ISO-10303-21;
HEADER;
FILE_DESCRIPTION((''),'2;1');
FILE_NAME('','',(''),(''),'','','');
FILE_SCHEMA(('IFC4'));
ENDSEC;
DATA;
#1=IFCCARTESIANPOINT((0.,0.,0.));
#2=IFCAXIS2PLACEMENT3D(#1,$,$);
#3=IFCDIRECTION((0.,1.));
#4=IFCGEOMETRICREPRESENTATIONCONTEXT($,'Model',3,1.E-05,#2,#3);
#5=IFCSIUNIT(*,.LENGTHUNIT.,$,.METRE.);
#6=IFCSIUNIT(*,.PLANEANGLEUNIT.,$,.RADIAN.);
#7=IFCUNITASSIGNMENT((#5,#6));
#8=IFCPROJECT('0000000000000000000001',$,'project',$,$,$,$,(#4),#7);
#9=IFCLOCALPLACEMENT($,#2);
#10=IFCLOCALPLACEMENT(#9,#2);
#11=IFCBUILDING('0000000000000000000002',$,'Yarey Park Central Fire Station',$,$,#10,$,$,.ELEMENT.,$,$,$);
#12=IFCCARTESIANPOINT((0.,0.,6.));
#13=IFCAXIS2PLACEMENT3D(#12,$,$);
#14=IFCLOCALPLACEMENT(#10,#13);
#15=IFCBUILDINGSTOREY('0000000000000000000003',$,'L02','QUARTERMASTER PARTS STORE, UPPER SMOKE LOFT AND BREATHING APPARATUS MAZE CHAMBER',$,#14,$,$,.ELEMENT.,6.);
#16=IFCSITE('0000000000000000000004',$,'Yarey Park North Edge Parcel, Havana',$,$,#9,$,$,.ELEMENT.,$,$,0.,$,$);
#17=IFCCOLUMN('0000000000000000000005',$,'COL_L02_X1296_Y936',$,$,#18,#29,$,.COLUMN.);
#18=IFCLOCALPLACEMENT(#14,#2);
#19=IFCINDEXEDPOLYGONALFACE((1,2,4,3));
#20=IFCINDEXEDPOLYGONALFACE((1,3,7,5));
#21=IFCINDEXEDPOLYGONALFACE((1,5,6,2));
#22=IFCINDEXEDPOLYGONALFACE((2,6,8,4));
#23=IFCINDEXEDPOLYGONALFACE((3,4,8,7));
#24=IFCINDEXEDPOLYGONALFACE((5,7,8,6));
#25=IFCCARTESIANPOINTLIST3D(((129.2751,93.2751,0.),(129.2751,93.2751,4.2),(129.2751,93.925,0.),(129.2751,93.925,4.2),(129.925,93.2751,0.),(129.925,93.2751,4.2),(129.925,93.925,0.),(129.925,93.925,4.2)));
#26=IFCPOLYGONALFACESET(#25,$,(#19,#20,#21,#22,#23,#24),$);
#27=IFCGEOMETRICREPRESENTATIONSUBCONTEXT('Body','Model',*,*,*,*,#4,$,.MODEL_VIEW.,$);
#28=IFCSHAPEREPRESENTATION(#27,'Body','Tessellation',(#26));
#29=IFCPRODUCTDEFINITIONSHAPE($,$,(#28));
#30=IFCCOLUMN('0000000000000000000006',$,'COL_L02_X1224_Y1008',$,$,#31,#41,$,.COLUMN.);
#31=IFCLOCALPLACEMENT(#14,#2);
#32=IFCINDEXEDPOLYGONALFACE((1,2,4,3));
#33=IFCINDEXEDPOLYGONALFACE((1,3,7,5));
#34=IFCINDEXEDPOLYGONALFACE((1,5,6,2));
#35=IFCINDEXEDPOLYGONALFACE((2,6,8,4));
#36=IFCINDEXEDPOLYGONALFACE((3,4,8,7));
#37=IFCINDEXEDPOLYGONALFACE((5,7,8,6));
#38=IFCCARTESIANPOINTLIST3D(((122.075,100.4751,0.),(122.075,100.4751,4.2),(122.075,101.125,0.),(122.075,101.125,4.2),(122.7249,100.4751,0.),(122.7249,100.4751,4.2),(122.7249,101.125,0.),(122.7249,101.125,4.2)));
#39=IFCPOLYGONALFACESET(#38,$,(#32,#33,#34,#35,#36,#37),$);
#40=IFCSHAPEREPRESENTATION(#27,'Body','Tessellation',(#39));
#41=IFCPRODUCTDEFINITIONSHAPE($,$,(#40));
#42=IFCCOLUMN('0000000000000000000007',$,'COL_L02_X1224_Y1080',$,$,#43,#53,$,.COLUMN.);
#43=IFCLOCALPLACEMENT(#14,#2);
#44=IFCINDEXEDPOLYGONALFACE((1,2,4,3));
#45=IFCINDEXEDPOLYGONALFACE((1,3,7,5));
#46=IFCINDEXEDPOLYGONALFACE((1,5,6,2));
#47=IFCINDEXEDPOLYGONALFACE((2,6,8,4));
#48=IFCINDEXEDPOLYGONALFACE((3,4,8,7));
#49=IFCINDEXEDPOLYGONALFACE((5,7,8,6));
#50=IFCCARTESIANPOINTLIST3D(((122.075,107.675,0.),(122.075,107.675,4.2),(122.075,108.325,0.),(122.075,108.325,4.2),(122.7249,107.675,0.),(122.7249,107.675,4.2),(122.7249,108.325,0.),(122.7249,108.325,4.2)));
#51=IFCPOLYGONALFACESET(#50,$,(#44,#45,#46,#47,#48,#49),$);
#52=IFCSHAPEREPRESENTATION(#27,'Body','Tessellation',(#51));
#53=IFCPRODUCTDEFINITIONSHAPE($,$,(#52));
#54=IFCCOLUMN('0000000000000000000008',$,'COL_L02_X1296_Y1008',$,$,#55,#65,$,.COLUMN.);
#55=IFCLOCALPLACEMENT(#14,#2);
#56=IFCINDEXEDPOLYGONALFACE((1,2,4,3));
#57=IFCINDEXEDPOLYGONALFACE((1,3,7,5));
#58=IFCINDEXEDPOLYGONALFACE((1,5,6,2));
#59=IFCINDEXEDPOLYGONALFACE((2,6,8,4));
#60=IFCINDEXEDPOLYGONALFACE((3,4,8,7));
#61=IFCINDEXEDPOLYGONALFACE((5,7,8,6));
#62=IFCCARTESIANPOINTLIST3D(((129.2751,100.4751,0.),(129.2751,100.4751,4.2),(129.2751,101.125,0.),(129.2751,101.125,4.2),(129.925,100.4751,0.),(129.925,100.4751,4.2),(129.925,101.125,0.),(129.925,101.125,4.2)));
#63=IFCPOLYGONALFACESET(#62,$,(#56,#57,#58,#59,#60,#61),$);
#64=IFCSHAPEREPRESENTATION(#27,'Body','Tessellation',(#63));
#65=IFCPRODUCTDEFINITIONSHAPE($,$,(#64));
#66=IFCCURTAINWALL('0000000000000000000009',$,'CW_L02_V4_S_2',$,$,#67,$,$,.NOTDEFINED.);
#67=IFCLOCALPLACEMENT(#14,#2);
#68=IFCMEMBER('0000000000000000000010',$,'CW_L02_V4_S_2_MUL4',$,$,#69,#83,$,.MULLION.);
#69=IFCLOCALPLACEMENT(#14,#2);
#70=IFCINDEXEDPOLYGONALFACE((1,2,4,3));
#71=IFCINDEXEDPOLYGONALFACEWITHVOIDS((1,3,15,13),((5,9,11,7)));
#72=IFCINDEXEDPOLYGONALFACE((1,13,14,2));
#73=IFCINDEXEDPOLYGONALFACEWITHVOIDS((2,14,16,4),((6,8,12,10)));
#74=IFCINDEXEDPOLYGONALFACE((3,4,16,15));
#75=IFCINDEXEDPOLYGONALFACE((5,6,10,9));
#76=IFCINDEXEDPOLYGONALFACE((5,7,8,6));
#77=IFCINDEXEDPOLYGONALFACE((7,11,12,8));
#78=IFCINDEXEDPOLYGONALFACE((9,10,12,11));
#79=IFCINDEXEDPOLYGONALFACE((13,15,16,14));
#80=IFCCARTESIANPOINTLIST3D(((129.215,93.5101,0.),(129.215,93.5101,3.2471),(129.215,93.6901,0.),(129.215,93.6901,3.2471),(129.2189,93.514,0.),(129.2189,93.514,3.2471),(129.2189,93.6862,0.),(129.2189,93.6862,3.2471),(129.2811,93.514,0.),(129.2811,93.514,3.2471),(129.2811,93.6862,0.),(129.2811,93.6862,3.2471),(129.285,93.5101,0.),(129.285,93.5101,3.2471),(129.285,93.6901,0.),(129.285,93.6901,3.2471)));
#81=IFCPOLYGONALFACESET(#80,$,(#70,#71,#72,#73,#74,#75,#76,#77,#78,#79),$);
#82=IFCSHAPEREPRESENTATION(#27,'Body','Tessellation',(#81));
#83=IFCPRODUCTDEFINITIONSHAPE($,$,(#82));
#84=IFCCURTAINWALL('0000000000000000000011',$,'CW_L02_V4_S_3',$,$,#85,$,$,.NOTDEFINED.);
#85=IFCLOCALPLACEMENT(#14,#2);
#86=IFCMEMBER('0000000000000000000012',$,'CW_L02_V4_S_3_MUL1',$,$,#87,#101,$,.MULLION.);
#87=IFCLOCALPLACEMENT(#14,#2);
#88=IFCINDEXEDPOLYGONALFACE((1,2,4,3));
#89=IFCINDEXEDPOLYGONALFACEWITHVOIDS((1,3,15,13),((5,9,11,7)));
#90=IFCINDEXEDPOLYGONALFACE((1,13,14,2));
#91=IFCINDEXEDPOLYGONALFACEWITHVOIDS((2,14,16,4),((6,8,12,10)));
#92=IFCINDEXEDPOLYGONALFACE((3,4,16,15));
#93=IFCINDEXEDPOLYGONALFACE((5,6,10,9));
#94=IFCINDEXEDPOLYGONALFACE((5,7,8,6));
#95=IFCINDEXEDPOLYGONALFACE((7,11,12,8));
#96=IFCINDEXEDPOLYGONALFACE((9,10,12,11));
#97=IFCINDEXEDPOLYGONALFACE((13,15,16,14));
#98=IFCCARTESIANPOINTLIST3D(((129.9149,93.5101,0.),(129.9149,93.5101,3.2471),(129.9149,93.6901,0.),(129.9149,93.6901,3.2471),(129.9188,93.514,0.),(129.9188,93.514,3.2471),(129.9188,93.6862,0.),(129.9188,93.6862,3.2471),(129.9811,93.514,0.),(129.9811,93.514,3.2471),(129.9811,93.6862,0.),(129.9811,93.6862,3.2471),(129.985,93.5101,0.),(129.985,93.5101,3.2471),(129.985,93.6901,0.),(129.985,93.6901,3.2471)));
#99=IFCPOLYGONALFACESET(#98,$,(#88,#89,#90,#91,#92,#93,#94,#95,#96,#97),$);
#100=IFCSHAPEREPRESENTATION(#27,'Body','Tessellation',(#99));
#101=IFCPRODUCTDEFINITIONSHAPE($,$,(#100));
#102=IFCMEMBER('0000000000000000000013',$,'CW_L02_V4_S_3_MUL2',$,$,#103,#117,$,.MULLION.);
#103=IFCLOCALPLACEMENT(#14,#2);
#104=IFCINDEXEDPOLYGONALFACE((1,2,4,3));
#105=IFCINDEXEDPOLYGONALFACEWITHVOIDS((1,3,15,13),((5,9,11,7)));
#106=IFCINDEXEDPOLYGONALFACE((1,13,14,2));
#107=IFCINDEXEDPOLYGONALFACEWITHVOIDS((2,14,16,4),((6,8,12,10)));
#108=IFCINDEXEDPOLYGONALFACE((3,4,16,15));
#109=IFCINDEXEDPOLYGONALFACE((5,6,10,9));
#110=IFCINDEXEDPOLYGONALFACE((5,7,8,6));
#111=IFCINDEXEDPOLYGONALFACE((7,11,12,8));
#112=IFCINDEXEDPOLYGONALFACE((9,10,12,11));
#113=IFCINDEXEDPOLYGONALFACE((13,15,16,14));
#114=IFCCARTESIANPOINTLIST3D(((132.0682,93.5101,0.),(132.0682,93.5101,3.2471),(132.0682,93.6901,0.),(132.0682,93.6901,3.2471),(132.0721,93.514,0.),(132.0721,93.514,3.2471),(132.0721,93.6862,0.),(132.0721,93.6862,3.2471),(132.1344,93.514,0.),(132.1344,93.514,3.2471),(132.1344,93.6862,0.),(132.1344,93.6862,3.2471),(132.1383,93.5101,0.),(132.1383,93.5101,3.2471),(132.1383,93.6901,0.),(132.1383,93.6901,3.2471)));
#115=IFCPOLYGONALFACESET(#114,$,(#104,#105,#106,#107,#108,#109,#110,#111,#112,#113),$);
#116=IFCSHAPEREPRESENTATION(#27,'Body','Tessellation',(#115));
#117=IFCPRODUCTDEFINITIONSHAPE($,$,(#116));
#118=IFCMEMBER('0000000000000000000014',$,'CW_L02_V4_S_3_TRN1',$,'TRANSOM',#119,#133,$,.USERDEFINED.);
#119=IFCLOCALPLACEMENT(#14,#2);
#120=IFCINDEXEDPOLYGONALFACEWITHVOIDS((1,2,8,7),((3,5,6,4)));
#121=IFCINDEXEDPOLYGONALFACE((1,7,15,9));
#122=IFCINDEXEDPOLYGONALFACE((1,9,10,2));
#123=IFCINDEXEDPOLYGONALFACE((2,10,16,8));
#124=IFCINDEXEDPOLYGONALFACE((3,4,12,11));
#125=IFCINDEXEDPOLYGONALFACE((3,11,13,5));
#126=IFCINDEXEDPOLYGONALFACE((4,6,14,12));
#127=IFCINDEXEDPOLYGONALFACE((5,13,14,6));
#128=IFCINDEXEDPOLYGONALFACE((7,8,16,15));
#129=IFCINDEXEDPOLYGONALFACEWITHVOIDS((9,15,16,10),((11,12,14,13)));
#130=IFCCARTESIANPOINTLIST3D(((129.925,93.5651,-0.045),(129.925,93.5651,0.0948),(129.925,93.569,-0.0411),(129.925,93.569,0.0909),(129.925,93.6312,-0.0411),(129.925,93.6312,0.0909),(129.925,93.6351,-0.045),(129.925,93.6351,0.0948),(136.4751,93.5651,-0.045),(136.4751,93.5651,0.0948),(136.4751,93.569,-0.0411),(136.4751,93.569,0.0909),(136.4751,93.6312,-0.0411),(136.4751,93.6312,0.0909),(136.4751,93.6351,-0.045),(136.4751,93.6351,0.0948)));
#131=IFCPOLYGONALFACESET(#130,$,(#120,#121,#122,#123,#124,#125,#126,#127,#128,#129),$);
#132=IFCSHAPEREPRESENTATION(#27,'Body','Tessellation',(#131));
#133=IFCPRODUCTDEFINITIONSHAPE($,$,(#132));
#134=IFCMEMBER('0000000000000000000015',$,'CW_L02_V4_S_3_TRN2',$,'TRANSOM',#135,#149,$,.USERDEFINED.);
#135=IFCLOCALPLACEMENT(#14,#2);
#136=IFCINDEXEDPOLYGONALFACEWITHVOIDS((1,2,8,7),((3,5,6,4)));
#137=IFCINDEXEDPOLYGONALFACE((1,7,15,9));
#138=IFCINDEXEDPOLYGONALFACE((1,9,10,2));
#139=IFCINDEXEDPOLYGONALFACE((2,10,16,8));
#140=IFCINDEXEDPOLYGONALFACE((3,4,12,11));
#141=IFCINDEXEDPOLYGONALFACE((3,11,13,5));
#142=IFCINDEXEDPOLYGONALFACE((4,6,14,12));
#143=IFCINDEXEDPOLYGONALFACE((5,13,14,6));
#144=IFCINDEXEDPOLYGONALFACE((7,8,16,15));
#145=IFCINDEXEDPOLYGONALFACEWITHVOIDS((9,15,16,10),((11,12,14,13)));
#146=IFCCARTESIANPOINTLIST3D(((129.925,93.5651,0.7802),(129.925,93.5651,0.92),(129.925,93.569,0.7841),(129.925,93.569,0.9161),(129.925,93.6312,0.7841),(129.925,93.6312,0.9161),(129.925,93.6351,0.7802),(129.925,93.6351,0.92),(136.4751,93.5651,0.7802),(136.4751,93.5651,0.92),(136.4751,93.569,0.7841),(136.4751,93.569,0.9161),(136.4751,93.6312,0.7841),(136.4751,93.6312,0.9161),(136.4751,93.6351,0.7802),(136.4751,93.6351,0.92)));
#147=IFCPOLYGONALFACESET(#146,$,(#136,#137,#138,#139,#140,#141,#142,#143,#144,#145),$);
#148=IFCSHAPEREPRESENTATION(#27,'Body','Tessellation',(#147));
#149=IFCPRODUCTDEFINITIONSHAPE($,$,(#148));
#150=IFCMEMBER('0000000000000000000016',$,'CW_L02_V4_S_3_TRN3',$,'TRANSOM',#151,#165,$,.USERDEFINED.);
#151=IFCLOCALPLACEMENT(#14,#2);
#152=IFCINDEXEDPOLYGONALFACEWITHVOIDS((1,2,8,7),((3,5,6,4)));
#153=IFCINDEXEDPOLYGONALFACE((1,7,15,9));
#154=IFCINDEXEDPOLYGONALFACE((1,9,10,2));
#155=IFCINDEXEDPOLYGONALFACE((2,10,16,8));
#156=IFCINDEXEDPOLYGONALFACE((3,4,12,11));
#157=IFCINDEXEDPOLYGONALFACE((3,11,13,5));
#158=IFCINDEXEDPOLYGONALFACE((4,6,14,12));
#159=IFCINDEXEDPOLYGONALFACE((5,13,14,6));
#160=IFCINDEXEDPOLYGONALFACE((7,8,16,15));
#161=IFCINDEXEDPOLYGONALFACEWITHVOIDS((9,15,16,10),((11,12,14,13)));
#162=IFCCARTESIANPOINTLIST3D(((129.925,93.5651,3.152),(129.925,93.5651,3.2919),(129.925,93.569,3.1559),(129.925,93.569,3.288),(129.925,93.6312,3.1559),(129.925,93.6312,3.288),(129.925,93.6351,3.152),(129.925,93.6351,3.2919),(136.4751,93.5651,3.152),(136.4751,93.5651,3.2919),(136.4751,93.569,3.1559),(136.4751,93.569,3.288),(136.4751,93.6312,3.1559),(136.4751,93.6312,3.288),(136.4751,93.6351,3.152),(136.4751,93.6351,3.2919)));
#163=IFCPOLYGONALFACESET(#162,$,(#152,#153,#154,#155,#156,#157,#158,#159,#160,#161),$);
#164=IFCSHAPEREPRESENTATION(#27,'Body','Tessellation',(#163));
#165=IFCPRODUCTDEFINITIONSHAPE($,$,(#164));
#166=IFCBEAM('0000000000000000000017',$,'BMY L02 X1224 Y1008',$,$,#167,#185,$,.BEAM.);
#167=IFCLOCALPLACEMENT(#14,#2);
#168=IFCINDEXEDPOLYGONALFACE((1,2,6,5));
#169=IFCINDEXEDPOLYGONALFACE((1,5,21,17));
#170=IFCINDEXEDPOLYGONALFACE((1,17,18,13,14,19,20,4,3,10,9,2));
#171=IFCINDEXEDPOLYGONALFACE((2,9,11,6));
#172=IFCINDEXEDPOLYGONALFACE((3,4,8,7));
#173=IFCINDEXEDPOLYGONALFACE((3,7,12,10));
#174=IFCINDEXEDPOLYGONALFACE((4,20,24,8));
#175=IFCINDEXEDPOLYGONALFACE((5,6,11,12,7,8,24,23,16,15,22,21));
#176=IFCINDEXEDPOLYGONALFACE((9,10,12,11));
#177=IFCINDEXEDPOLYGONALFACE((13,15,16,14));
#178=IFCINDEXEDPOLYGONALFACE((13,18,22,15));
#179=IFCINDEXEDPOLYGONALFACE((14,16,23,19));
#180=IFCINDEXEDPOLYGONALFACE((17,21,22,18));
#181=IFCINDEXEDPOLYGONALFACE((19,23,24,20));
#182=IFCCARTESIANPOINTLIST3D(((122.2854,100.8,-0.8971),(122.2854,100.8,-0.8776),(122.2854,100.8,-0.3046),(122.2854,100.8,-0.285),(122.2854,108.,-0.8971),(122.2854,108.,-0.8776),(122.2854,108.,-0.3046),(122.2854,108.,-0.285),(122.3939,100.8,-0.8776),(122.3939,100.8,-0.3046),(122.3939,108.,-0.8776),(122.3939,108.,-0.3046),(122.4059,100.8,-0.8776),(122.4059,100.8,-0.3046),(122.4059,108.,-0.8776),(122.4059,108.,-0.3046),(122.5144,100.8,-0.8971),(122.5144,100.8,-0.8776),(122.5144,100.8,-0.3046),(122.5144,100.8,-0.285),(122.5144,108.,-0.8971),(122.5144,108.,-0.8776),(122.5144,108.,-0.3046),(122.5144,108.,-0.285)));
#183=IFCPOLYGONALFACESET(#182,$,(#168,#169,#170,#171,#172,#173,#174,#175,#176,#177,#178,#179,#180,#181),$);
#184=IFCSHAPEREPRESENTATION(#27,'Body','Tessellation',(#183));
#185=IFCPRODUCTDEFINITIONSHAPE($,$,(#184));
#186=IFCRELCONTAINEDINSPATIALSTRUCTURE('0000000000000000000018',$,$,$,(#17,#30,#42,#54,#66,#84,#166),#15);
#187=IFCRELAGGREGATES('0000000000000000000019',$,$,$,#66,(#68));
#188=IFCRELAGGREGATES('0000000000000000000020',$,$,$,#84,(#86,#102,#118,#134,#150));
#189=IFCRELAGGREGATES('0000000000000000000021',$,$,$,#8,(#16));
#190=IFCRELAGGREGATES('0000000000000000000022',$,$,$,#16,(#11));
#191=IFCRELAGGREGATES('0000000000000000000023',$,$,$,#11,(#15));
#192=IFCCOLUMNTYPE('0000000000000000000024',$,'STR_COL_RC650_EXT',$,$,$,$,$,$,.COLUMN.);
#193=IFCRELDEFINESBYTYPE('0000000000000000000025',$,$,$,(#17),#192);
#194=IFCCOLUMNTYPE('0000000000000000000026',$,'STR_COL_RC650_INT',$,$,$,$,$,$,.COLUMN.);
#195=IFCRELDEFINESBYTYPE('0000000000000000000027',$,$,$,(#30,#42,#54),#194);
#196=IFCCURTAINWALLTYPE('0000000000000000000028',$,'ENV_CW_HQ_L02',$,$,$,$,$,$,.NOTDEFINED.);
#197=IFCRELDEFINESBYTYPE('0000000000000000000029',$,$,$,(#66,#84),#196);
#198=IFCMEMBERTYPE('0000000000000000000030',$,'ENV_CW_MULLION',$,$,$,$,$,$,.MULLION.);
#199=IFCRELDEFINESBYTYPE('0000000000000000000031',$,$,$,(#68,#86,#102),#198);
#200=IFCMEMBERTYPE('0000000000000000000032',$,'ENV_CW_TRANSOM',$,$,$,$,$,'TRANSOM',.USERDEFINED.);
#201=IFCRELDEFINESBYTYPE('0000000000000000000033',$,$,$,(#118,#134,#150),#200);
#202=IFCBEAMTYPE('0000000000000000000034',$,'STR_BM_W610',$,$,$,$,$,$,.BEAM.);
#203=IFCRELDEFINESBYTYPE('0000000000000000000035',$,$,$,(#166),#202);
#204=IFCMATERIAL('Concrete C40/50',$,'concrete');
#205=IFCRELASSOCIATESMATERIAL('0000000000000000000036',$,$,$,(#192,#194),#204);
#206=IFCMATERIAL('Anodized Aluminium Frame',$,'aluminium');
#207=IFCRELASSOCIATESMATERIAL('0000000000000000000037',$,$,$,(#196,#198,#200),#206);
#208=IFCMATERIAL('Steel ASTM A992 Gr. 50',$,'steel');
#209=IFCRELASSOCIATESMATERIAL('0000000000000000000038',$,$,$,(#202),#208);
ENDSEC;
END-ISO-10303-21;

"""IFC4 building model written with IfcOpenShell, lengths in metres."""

from ifc_helpers import new_model, si_unit, direction, frame, origin, origin_2d, place, context, subcontext, project, spatial, rectangle, hollow_rectangle, i_section, extrude, material, material_profile, profile_set, type_object, element, aggregate, save


model = new_model("IFC4")

# Units and contexts
model_context = context("Model", 3, precision=1e-05, world=origin(), true_north=direction((0.0, 1.0)))
body_context = subcontext(model_context, "Body", "Model", "MODEL_VIEW")
ifc_project = project(units=[si_unit("LENGTHUNIT", "METRE"), si_unit("PLANEANGLEUNIT", "RADIAN")], contexts=[model_context])

# Site, building, storey
site_placement = place(None, origin())
site = spatial("IfcSite", under=ifc_project, at=site_placement, Name="Yarey Park North Edge Parcel, Havana", CompositionType="ELEMENT", RefElevation=0.0)
building_placement = place(site_placement, origin())
building = spatial("IfcBuilding", under=site, at=building_placement, Name="Yarey Park Central Fire Station", CompositionType="ELEMENT")
storey_placement = place(building_placement, frame((0.0, 0.0, 6.0)))
storey = spatial("IfcBuildingStorey", under=building, at=storey_placement, Name="L02", Description="QUARTERMASTER PARTS STORE, UPPER SMOKE LOFT AND BREATHING APPARATUS MAZE CHAMBER", CompositionType="ELEMENT", Elevation=6.0)

# Columns
ifc_material_1 = material(Name="Concrete C40/50", Category="concrete")
ifc_material_profile_1 = material_profile(ifc_material_1, rectangle(XDim=0.6499, YDim=0.6499, at=origin_2d()), Name="RC 650x650")
ifc_profile_set_1 = profile_set([ifc_material_profile_1], Name="Concrete C40/50")
column_type_1 = type_object("IfcColumnType", Name="STR_COL_RC650_EXT", PredefinedType="COLUMN", material=ifc_profile_set_1)
column_placement = place(storey_placement, frame((129.6001, 93.6001, 0.0), z_axis=(0.0, 0.0, 1.0), x_axis=(1.0, 0.0, 0.0)))
element("IfcColumn", 1, at=column_placement, inside=storey, type_object=column_type_1, Name="COL_L02_X1296_Y936", PredefinedType="COLUMN", context=body_context, shape_type="SweptSolid", body=[
    extrude(rectangle(XDim=0.6499, YDim=0.6499, at=origin_2d()), origin(), (0.0, 0.0, 1.0), 4.2),
])
ifc_material_profile_2 = material_profile(ifc_material_1, rectangle(XDim=0.6499, YDim=0.6499, at=origin_2d()), Name="RC 650x650")
ifc_profile_set_2 = profile_set([ifc_material_profile_2], Name="Concrete C40/50")
column_type_2 = type_object("IfcColumnType", Name="STR_COL_RC650_INT", PredefinedType="COLUMN", material=ifc_profile_set_2)
for number, where, z_axis, x_axis, name in (
    (2, (122.3999, 100.8, 0.0), (0.0, 0.0, 1.0), (1.0, 0.0, 0.0), "COL_L02_X1224_Y1008"),
    (3, (122.3999, 108.0, 0.0), (0.0, 0.0, 1.0), (1.0, 0.0, 0.0), "COL_L02_X1224_Y1080"),
    (4, (129.6001, 100.8, 0.0), (0.0, 0.0, 1.0), (1.0, 0.0, 0.0), "COL_L02_X1296_Y1008"),
):
    element("IfcColumn", number, at=place(storey_placement, frame(where, z_axis=z_axis, x_axis=x_axis)), inside=storey, type_object=column_type_2, Name=name, PredefinedType="COLUMN", context=body_context, shape_type="SweptSolid", body=[
        extrude(rectangle(XDim=0.6499, YDim=0.6499, at=origin_2d()), origin(), (0.0, 0.0, 1.0), 4.2),
    ])

# Curtain wall, member
ifc_material_2 = material(Name="Anodized Aluminium Frame", Category="aluminium")
curtain_wall_type = type_object("IfcCurtainWallType", Name="ENV_CW_HQ_L02", PredefinedType="NOTDEFINED", material=ifc_material_2)
curtain_wall_1_placement = place(storey_placement, origin())
curtain_wall_1 = element("IfcCurtainWall", 5, at=curtain_wall_1_placement, inside=storey, type_object=curtain_wall_type, Name="CW_L02_V4_S_2", PredefinedType="NOTDEFINED")
ifc_material_profile_3 = material_profile(ifc_material_2, hollow_rectangle(XDim=0.0701, YDim=0.1799, WallThickness=0.0039, at=origin_2d()), Name="ALU 180x70x4")
ifc_profile_set_3 = profile_set([ifc_material_profile_3], Name="Anodized Aluminium Frame")
member_type_1 = type_object("IfcMemberType", Name="ENV_CW_MULLION", PredefinedType="MULLION", material=ifc_profile_set_3)
member_1_placement = place(storey_placement, frame((129.25, 93.6001, 0.0), z_axis=(0.0, 0.0, 1.0), x_axis=(1.0, 0.0, 0.0)))
member_1 = element("IfcMember", 6, at=member_1_placement, type_object=member_type_1, Name="CW_L02_V4_S_2_MUL4", PredefinedType="MULLION", context=body_context, shape_type="SweptSolid", body=[
    extrude(hollow_rectangle(XDim=0.0701, YDim=0.1799, WallThickness=0.0039, at=origin_2d()), origin(), (0.0, 0.0, 1.0), 3.2471),
])
aggregate(curtain_wall_1, [member_1])

# Curtain wall, members
curtain_wall_2_placement = place(storey_placement, origin())
curtain_wall_2 = element("IfcCurtainWall", 7, at=curtain_wall_2_placement, inside=storey, type_object=curtain_wall_type, Name="CW_L02_V4_S_3", PredefinedType="NOTDEFINED")
member_2_placement = place(storey_placement, frame((129.95, 93.6001, 0.0), z_axis=(0.0, 0.0, 1.0), x_axis=(1.0, 0.0, 0.0)))
member_2 = element("IfcMember", 8, at=member_2_placement, type_object=member_type_1, Name="CW_L02_V4_S_3_MUL1", PredefinedType="MULLION", context=body_context, shape_type="SweptSolid", body=[
    extrude(hollow_rectangle(XDim=0.0701, YDim=0.1799, WallThickness=0.0039, at=origin_2d()), origin(), (0.0, 0.0, 1.0), 3.2471),
])
member_3_placement = place(storey_placement, frame((132.1033, 93.6001, 0.0), z_axis=(0.0, 0.0, 1.0), x_axis=(1.0, 0.0, 0.0)))
member_3 = element("IfcMember", 9, at=member_3_placement, type_object=member_type_1, Name="CW_L02_V4_S_3_MUL2", PredefinedType="MULLION", context=body_context, shape_type="SweptSolid", body=[
    extrude(hollow_rectangle(XDim=0.0701, YDim=0.1799, WallThickness=0.0039, at=origin_2d()), origin(), (0.0, 0.0, 1.0), 3.2471),
])
ifc_material_profile_4 = material_profile(ifc_material_2, hollow_rectangle(XDim=0.0701, YDim=0.1399, WallThickness=0.0039, at=origin_2d()), Name="ALU 140x70x4")
ifc_profile_set_4 = profile_set([ifc_material_profile_4], Name="Anodized Aluminium Frame")
member_type_2 = type_object("IfcMemberType", Name="ENV_CW_TRANSOM", ElementType="TRANSOM", PredefinedType="USERDEFINED", material=ifc_profile_set_4)
member_4_placement = place(storey_placement, frame((129.925, 93.6001, 0.0249), z_axis=(1.0, 0.0, 0.0), x_axis=(0.0, 1.0, 0.0)))
member_4 = element("IfcMember", 10, at=member_4_placement, type_object=member_type_2, Name="CW_L02_V4_S_3_TRN1", ObjectType="TRANSOM", PredefinedType="USERDEFINED", context=body_context, shape_type="SweptSolid", body=[
    extrude(hollow_rectangle(XDim=0.0701, YDim=0.1399, WallThickness=0.0039, at=origin_2d()), origin(), (0.0, 0.0, 1.0), 6.55),
])
member_5_placement = place(storey_placement, frame((129.925, 93.6001, 0.8501), z_axis=(1.0, 0.0, 0.0), x_axis=(0.0, 1.0, 0.0)))
member_5 = element("IfcMember", 11, at=member_5_placement, type_object=member_type_2, Name="CW_L02_V4_S_3_TRN2", ObjectType="TRANSOM", PredefinedType="USERDEFINED", context=body_context, shape_type="SweptSolid", body=[
    extrude(hollow_rectangle(XDim=0.0701, YDim=0.1399, WallThickness=0.0039, at=origin_2d()), origin(), (0.0, 0.0, 1.0), 6.55),
])
member_6_placement = place(storey_placement, frame((129.925, 93.6001, 3.2219), z_axis=(1.0, 0.0, 0.0), x_axis=(0.0, 1.0, 0.0)))
member_6 = element("IfcMember", 12, at=member_6_placement, type_object=member_type_2, Name="CW_L02_V4_S_3_TRN3", ObjectType="TRANSOM", PredefinedType="USERDEFINED", context=body_context, shape_type="SweptSolid", body=[
    extrude(hollow_rectangle(XDim=0.0701, YDim=0.1399, WallThickness=0.0039, at=origin_2d()), origin(), (0.0, 0.0, 1.0), 6.55),
])

# Beam
ifc_material_3 = material(Name="Steel ASTM A992 Gr. 50", Category="steel")
ifc_material_profile_5 = material_profile(ifc_material_3, i_section(OverallWidth=0.229, OverallDepth=0.6121, WebThickness=0.012, FlangeThickness=0.0195, at=origin_2d()), Name="W610x125")
ifc_profile_set_5 = profile_set([ifc_material_profile_5], Name="Steel ASTM A992 Gr. 50")
beam_type_1 = type_object("IfcBeamType", Name="STR_BM_W610", PredefinedType="BEAM", material=ifc_profile_set_5)
for number, where, z_axis, x_axis, name in (
    (13, (122.3999, 100.8, -0.5911), (0.0, 1.0, 0.0), (-1.0, 0.0, 0.0), "BMY L02 X1224 Y1008"),
):
    element("IfcBeam", number, at=place(storey_placement, frame(where, z_axis=z_axis, x_axis=x_axis)), inside=storey, type_object=beam_type_1, Name=name, PredefinedType="BEAM", context=body_context, shape_type="SweptSolid", body=[
        extrude(i_section(OverallWidth=0.229, OverallDepth=0.6121, WebThickness=0.012, FlangeThickness=0.0195, at=origin_2d()), origin(), (0.0, 0.0, 1.0), 7.2),
    ])

aggregate(curtain_wall_2, [member_2, member_3, member_4, member_5, member_6])

save(model, "model.ifc")
